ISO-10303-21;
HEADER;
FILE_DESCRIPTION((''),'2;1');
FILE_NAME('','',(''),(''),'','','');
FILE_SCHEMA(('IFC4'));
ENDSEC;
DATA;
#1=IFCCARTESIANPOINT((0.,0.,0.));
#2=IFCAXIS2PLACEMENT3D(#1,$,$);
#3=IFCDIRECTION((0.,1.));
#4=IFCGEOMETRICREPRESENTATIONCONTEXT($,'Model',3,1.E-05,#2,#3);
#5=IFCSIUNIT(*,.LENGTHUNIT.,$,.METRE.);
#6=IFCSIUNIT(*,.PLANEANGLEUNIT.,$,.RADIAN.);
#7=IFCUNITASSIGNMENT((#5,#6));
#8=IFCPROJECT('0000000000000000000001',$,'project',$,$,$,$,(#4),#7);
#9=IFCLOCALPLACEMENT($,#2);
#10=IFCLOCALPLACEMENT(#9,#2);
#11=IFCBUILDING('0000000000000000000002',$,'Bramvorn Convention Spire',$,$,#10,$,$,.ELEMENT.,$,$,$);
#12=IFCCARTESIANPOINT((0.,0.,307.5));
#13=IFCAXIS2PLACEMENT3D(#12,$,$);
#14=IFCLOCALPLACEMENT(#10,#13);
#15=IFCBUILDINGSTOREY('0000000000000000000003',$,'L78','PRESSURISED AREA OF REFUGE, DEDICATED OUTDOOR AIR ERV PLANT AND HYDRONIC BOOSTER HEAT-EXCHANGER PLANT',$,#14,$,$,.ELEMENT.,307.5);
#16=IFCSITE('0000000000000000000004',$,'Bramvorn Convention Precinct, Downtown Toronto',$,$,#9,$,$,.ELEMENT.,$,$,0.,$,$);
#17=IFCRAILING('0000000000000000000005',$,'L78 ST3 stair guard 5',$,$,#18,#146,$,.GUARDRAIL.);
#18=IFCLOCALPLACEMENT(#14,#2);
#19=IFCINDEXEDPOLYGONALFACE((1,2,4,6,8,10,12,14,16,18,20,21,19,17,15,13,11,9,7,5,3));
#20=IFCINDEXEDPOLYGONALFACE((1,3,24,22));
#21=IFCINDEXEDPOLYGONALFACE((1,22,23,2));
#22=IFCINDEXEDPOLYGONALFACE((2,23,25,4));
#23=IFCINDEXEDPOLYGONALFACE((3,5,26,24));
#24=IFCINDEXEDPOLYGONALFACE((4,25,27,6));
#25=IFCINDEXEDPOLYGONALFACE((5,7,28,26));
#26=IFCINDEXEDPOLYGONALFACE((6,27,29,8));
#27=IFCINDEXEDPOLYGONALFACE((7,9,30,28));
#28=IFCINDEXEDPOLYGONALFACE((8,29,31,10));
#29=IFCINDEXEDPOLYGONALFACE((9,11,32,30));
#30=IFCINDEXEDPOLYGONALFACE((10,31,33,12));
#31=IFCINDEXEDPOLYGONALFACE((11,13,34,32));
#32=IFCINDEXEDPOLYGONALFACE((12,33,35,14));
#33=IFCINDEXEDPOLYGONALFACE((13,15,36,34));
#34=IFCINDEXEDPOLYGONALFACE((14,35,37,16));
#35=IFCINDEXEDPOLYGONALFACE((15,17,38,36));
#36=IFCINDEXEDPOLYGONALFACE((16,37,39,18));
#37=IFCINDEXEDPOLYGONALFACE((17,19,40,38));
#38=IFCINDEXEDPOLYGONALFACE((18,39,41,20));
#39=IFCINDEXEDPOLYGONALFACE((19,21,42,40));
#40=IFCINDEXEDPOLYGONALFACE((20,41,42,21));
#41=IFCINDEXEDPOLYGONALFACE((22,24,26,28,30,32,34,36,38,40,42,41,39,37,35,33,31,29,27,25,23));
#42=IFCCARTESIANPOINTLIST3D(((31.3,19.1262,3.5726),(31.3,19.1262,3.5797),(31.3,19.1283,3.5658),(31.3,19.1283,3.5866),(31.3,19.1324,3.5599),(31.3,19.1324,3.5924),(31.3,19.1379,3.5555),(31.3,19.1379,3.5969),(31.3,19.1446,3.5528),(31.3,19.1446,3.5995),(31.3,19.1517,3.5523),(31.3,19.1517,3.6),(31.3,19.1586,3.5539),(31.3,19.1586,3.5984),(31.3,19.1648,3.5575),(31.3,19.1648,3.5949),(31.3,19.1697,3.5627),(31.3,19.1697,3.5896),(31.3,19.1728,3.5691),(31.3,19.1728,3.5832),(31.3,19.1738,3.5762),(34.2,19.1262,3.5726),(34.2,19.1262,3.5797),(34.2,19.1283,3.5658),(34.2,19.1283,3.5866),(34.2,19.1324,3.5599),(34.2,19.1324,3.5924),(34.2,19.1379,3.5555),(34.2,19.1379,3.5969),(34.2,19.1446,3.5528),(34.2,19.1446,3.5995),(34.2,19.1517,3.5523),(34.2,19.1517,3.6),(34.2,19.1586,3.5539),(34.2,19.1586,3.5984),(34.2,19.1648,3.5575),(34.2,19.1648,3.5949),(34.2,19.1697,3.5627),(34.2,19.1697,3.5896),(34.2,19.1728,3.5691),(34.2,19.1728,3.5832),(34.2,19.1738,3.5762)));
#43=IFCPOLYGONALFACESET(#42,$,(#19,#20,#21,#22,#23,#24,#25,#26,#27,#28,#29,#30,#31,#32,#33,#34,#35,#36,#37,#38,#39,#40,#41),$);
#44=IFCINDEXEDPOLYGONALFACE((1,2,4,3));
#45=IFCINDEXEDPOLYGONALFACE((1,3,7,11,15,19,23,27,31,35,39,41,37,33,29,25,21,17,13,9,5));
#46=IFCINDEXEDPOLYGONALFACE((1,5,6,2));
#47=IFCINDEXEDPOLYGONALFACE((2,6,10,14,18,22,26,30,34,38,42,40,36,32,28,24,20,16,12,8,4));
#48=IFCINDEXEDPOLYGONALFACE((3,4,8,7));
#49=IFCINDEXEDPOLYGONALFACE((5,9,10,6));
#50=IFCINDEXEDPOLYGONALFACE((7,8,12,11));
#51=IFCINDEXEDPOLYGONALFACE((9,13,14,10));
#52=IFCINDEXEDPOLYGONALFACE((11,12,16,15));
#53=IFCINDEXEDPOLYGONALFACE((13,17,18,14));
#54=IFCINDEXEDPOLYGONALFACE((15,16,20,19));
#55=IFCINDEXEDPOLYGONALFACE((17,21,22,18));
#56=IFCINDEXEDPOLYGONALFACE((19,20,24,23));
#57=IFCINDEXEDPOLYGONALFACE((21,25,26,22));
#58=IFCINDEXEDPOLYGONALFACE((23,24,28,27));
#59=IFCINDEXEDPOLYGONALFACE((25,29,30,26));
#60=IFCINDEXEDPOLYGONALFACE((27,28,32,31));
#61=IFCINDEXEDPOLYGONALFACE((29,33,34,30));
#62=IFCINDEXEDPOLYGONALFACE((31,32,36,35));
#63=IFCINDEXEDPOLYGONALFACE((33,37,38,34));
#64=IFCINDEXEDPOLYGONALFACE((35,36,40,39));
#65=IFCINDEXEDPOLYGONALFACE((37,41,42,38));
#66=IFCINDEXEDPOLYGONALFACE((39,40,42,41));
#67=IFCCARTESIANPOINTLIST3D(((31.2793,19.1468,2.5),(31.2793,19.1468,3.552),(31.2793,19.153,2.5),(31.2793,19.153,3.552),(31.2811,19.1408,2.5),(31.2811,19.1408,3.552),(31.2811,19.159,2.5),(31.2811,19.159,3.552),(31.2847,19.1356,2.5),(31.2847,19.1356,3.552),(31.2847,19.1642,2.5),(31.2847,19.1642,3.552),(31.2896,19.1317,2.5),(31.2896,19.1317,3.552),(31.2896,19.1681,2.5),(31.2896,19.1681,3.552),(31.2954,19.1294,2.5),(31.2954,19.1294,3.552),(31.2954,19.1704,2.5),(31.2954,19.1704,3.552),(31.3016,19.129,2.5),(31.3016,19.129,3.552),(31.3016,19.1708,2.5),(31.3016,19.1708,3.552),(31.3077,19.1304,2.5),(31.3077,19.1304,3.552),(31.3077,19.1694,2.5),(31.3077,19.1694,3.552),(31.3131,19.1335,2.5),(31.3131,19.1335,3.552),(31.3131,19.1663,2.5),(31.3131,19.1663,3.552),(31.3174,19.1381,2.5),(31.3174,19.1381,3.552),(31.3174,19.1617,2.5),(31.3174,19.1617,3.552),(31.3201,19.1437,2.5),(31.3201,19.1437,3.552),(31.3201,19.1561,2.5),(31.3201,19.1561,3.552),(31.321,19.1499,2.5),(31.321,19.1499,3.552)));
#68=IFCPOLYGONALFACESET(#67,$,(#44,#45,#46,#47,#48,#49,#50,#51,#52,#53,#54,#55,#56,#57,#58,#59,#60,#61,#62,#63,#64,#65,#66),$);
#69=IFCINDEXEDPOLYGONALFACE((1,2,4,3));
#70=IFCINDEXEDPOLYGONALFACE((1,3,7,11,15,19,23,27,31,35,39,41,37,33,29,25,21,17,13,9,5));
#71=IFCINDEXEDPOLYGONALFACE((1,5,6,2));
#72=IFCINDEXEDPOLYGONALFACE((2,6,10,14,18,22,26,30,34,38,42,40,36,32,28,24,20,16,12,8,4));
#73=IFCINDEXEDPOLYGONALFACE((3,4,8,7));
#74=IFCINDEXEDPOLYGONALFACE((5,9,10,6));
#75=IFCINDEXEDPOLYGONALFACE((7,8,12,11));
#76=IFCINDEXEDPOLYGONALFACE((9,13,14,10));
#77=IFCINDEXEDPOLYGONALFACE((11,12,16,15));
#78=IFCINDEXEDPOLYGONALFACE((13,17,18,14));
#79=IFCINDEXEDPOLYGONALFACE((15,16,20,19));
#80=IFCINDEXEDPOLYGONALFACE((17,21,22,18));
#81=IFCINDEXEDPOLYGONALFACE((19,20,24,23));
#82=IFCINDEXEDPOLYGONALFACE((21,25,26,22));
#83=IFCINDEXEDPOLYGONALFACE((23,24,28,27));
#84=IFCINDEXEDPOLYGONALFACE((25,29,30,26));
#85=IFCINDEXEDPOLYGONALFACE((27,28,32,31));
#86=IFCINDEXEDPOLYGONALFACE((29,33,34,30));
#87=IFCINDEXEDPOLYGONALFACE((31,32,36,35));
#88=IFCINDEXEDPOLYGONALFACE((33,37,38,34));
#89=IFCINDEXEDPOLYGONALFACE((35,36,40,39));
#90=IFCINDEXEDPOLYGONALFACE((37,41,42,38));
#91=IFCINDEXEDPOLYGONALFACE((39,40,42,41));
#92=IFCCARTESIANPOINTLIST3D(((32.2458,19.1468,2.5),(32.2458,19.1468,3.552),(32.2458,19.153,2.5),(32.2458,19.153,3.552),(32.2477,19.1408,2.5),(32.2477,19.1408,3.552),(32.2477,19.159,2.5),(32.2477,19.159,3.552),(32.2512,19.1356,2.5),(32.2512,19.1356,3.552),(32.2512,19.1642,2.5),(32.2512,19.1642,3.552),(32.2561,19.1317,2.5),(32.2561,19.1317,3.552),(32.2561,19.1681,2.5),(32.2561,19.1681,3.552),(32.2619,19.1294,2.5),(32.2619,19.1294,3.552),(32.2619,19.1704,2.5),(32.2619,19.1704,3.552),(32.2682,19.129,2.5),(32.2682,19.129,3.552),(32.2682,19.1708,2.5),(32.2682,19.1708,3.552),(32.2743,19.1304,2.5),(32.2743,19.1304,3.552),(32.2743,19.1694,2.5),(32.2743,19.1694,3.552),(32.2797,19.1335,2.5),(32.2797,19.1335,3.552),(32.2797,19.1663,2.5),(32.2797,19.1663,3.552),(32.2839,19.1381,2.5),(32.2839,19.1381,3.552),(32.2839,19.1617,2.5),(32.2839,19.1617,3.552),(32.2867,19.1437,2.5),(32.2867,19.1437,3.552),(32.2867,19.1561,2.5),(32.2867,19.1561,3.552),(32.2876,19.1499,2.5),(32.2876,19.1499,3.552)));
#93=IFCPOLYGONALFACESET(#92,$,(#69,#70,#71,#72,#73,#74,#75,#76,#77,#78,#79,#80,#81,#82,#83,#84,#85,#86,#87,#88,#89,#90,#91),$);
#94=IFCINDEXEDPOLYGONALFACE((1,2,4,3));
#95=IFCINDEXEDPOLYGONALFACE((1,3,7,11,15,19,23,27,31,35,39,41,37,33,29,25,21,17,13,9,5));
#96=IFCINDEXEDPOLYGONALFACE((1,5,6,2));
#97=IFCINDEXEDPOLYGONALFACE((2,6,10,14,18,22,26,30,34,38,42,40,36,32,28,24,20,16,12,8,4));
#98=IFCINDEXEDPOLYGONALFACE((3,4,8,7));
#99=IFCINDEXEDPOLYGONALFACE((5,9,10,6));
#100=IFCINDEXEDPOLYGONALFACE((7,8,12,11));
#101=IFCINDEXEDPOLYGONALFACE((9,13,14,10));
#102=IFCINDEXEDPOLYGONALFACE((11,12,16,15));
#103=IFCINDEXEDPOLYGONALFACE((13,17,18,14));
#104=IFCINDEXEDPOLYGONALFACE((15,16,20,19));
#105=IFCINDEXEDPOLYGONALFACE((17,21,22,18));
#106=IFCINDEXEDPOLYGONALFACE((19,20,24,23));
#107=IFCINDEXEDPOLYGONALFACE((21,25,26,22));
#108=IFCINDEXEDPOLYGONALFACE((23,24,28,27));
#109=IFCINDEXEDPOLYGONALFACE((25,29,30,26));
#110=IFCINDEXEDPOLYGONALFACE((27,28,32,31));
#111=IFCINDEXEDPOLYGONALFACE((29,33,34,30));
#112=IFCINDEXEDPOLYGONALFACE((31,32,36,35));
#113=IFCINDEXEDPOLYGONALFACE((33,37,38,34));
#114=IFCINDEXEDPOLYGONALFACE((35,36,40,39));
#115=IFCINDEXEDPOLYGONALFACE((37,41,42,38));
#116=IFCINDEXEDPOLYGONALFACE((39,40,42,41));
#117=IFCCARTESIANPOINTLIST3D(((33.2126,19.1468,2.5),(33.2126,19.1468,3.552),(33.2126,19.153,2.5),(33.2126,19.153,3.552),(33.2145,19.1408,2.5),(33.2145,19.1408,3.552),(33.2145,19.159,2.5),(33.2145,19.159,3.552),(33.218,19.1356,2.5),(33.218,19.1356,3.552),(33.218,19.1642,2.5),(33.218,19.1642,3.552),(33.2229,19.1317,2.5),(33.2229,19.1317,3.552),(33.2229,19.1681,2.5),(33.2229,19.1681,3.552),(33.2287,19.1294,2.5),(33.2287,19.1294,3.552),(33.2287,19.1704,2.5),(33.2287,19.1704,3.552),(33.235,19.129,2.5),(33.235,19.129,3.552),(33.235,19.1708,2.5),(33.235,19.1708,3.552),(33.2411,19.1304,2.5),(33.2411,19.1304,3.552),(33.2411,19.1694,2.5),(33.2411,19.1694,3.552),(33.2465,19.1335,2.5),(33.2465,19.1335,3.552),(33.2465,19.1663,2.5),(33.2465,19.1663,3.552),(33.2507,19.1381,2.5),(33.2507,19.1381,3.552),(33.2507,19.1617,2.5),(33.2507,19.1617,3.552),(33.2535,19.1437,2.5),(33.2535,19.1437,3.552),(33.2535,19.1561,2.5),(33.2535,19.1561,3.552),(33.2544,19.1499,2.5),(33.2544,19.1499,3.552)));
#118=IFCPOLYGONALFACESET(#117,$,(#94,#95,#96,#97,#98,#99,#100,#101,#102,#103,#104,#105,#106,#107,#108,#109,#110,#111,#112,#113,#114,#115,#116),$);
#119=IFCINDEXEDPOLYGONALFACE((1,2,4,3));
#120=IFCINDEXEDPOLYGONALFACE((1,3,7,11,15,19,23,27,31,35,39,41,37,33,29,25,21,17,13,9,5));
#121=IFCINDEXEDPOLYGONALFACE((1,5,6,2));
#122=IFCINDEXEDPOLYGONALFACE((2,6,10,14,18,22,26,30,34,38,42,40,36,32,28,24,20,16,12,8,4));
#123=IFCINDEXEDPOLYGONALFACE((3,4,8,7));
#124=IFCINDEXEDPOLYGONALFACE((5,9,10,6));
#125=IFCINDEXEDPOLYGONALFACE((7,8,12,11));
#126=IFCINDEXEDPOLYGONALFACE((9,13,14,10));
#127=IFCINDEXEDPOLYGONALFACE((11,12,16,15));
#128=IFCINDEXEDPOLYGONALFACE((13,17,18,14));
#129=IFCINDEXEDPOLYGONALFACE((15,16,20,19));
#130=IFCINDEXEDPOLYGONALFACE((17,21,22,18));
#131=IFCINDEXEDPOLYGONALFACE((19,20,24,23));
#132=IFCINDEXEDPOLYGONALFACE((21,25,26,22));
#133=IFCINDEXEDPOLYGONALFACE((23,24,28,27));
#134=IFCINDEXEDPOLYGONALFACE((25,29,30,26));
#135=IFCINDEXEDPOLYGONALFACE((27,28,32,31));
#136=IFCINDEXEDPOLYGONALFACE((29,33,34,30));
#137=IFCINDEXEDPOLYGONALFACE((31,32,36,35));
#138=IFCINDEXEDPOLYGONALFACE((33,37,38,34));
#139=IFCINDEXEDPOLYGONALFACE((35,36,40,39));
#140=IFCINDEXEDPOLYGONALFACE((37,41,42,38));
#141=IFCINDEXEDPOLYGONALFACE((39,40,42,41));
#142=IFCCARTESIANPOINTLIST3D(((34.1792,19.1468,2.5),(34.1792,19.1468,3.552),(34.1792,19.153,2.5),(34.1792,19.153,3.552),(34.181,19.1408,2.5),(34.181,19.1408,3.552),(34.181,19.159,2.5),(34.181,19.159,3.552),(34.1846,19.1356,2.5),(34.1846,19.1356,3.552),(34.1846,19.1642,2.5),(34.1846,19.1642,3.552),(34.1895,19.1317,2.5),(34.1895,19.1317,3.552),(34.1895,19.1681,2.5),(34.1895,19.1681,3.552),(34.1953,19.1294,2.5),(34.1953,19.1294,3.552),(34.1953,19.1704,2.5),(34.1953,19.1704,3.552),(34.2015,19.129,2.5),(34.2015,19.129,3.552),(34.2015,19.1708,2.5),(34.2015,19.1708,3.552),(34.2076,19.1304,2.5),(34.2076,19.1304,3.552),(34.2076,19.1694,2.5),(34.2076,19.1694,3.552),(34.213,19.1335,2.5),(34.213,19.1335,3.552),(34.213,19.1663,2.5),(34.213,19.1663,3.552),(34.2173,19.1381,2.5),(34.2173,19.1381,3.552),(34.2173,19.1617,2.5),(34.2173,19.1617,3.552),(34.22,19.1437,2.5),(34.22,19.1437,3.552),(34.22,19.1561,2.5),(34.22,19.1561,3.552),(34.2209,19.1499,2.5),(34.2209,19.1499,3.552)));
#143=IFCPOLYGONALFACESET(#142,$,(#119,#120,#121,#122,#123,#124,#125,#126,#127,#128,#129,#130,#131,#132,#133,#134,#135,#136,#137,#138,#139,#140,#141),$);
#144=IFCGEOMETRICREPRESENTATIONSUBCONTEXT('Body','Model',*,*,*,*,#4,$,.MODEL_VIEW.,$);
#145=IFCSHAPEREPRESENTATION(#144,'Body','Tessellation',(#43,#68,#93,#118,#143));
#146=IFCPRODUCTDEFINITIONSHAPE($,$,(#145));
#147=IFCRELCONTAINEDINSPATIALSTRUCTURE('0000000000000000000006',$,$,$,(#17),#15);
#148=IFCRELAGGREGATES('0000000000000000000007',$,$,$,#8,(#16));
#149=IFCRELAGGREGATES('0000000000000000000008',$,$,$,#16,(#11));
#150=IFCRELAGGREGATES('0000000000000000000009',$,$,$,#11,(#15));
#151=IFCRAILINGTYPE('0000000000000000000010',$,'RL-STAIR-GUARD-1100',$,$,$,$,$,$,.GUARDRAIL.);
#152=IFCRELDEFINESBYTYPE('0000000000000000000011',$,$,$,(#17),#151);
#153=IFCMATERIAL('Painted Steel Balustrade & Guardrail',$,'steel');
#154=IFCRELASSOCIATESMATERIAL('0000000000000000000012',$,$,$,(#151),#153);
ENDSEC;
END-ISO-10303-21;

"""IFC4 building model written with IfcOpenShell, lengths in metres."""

from ifc_helpers import new_model, si_unit, direction, frame, origin, origin_2d, place, context, subcontext, project, spatial, circle, extrude, material, type_object, element, save


model = new_model("IFC4")

# Units and contexts
model_context = context("Model", 3, precision=1e-05, world=origin(), true_north=direction((0.0, 1.0)))
body_context = subcontext(model_context, "Body", "Model", "MODEL_VIEW")
ifc_project = project(units=[si_unit("LENGTHUNIT", "METRE"), si_unit("PLANEANGLEUNIT", "RADIAN")], contexts=[model_context])

# Site, building, storey
site_placement = place(None, origin())
site = spatial("IfcSite", under=ifc_project, at=site_placement, Name="Bramvorn Convention Precinct, Downtown Toronto", CompositionType="ELEMENT", RefElevation=0.0)
building_placement = place(site_placement, origin())
building = spatial("IfcBuilding", under=site, at=building_placement, Name="Bramvorn Convention Spire", CompositionType="ELEMENT")
storey_placement = place(building_placement, frame((0.0, 0.0, 307.5)))
storey = spatial("IfcBuildingStorey", under=building, at=storey_placement, Name="L78", Description="PRESSURISED AREA OF REFUGE, DEDICATED OUTDOOR AIR ERV PLANT AND HYDRONIC BOOSTER HEAT-EXCHANGER PLANT", CompositionType="ELEMENT", Elevation=307.5)

# Railing
ifc_material_1 = material(Name="Painted Steel Balustrade & Guardrail", Category="steel")
railing_type_1 = type_object("IfcRailingType", Name="RL-STAIR-GUARD-1100", PredefinedType="GUARDRAIL", material=ifc_material_1)
railing_1_placement = place(storey_placement, frame((31.3, 19.1499, 2.5)))
element("IfcRailing", 1, at=railing_1_placement, inside=storey, type_object=railing_type_1, Name="L78 ST3 stair guard 5", PredefinedType="GUARDRAIL", context=body_context, shape_type="SweptSolid", body=[
    extrude(circle(Radius=0.0239, at=origin_2d()), frame((0.0, 0.0, 1.0762), z_axis=(1.0, 0.0, 0.0), x_axis=(0.0, 1.0, 0.0)), (0.0, 0.0, 1.0), 2.8999),
    extrude(circle(Radius=0.021, at=origin_2d()), origin(), (0.0, 0.0, 1.0), 1.052),
    extrude(circle(Radius=0.021, at=origin_2d()), frame((0.9666, 0.0, 0.0)), (0.0, 0.0, 1.0), 1.052),
    extrude(circle(Radius=0.021, at=origin_2d()), frame((1.9333, 0.0, 0.0)), (0.0, 0.0, 1.0), 1.052),
    extrude(circle(Radius=0.021, at=origin_2d()), frame((2.8999, 0.0, 0.0)), (0.0, 0.0, 1.0), 1.052),
])

save(model, "model.ifc")
